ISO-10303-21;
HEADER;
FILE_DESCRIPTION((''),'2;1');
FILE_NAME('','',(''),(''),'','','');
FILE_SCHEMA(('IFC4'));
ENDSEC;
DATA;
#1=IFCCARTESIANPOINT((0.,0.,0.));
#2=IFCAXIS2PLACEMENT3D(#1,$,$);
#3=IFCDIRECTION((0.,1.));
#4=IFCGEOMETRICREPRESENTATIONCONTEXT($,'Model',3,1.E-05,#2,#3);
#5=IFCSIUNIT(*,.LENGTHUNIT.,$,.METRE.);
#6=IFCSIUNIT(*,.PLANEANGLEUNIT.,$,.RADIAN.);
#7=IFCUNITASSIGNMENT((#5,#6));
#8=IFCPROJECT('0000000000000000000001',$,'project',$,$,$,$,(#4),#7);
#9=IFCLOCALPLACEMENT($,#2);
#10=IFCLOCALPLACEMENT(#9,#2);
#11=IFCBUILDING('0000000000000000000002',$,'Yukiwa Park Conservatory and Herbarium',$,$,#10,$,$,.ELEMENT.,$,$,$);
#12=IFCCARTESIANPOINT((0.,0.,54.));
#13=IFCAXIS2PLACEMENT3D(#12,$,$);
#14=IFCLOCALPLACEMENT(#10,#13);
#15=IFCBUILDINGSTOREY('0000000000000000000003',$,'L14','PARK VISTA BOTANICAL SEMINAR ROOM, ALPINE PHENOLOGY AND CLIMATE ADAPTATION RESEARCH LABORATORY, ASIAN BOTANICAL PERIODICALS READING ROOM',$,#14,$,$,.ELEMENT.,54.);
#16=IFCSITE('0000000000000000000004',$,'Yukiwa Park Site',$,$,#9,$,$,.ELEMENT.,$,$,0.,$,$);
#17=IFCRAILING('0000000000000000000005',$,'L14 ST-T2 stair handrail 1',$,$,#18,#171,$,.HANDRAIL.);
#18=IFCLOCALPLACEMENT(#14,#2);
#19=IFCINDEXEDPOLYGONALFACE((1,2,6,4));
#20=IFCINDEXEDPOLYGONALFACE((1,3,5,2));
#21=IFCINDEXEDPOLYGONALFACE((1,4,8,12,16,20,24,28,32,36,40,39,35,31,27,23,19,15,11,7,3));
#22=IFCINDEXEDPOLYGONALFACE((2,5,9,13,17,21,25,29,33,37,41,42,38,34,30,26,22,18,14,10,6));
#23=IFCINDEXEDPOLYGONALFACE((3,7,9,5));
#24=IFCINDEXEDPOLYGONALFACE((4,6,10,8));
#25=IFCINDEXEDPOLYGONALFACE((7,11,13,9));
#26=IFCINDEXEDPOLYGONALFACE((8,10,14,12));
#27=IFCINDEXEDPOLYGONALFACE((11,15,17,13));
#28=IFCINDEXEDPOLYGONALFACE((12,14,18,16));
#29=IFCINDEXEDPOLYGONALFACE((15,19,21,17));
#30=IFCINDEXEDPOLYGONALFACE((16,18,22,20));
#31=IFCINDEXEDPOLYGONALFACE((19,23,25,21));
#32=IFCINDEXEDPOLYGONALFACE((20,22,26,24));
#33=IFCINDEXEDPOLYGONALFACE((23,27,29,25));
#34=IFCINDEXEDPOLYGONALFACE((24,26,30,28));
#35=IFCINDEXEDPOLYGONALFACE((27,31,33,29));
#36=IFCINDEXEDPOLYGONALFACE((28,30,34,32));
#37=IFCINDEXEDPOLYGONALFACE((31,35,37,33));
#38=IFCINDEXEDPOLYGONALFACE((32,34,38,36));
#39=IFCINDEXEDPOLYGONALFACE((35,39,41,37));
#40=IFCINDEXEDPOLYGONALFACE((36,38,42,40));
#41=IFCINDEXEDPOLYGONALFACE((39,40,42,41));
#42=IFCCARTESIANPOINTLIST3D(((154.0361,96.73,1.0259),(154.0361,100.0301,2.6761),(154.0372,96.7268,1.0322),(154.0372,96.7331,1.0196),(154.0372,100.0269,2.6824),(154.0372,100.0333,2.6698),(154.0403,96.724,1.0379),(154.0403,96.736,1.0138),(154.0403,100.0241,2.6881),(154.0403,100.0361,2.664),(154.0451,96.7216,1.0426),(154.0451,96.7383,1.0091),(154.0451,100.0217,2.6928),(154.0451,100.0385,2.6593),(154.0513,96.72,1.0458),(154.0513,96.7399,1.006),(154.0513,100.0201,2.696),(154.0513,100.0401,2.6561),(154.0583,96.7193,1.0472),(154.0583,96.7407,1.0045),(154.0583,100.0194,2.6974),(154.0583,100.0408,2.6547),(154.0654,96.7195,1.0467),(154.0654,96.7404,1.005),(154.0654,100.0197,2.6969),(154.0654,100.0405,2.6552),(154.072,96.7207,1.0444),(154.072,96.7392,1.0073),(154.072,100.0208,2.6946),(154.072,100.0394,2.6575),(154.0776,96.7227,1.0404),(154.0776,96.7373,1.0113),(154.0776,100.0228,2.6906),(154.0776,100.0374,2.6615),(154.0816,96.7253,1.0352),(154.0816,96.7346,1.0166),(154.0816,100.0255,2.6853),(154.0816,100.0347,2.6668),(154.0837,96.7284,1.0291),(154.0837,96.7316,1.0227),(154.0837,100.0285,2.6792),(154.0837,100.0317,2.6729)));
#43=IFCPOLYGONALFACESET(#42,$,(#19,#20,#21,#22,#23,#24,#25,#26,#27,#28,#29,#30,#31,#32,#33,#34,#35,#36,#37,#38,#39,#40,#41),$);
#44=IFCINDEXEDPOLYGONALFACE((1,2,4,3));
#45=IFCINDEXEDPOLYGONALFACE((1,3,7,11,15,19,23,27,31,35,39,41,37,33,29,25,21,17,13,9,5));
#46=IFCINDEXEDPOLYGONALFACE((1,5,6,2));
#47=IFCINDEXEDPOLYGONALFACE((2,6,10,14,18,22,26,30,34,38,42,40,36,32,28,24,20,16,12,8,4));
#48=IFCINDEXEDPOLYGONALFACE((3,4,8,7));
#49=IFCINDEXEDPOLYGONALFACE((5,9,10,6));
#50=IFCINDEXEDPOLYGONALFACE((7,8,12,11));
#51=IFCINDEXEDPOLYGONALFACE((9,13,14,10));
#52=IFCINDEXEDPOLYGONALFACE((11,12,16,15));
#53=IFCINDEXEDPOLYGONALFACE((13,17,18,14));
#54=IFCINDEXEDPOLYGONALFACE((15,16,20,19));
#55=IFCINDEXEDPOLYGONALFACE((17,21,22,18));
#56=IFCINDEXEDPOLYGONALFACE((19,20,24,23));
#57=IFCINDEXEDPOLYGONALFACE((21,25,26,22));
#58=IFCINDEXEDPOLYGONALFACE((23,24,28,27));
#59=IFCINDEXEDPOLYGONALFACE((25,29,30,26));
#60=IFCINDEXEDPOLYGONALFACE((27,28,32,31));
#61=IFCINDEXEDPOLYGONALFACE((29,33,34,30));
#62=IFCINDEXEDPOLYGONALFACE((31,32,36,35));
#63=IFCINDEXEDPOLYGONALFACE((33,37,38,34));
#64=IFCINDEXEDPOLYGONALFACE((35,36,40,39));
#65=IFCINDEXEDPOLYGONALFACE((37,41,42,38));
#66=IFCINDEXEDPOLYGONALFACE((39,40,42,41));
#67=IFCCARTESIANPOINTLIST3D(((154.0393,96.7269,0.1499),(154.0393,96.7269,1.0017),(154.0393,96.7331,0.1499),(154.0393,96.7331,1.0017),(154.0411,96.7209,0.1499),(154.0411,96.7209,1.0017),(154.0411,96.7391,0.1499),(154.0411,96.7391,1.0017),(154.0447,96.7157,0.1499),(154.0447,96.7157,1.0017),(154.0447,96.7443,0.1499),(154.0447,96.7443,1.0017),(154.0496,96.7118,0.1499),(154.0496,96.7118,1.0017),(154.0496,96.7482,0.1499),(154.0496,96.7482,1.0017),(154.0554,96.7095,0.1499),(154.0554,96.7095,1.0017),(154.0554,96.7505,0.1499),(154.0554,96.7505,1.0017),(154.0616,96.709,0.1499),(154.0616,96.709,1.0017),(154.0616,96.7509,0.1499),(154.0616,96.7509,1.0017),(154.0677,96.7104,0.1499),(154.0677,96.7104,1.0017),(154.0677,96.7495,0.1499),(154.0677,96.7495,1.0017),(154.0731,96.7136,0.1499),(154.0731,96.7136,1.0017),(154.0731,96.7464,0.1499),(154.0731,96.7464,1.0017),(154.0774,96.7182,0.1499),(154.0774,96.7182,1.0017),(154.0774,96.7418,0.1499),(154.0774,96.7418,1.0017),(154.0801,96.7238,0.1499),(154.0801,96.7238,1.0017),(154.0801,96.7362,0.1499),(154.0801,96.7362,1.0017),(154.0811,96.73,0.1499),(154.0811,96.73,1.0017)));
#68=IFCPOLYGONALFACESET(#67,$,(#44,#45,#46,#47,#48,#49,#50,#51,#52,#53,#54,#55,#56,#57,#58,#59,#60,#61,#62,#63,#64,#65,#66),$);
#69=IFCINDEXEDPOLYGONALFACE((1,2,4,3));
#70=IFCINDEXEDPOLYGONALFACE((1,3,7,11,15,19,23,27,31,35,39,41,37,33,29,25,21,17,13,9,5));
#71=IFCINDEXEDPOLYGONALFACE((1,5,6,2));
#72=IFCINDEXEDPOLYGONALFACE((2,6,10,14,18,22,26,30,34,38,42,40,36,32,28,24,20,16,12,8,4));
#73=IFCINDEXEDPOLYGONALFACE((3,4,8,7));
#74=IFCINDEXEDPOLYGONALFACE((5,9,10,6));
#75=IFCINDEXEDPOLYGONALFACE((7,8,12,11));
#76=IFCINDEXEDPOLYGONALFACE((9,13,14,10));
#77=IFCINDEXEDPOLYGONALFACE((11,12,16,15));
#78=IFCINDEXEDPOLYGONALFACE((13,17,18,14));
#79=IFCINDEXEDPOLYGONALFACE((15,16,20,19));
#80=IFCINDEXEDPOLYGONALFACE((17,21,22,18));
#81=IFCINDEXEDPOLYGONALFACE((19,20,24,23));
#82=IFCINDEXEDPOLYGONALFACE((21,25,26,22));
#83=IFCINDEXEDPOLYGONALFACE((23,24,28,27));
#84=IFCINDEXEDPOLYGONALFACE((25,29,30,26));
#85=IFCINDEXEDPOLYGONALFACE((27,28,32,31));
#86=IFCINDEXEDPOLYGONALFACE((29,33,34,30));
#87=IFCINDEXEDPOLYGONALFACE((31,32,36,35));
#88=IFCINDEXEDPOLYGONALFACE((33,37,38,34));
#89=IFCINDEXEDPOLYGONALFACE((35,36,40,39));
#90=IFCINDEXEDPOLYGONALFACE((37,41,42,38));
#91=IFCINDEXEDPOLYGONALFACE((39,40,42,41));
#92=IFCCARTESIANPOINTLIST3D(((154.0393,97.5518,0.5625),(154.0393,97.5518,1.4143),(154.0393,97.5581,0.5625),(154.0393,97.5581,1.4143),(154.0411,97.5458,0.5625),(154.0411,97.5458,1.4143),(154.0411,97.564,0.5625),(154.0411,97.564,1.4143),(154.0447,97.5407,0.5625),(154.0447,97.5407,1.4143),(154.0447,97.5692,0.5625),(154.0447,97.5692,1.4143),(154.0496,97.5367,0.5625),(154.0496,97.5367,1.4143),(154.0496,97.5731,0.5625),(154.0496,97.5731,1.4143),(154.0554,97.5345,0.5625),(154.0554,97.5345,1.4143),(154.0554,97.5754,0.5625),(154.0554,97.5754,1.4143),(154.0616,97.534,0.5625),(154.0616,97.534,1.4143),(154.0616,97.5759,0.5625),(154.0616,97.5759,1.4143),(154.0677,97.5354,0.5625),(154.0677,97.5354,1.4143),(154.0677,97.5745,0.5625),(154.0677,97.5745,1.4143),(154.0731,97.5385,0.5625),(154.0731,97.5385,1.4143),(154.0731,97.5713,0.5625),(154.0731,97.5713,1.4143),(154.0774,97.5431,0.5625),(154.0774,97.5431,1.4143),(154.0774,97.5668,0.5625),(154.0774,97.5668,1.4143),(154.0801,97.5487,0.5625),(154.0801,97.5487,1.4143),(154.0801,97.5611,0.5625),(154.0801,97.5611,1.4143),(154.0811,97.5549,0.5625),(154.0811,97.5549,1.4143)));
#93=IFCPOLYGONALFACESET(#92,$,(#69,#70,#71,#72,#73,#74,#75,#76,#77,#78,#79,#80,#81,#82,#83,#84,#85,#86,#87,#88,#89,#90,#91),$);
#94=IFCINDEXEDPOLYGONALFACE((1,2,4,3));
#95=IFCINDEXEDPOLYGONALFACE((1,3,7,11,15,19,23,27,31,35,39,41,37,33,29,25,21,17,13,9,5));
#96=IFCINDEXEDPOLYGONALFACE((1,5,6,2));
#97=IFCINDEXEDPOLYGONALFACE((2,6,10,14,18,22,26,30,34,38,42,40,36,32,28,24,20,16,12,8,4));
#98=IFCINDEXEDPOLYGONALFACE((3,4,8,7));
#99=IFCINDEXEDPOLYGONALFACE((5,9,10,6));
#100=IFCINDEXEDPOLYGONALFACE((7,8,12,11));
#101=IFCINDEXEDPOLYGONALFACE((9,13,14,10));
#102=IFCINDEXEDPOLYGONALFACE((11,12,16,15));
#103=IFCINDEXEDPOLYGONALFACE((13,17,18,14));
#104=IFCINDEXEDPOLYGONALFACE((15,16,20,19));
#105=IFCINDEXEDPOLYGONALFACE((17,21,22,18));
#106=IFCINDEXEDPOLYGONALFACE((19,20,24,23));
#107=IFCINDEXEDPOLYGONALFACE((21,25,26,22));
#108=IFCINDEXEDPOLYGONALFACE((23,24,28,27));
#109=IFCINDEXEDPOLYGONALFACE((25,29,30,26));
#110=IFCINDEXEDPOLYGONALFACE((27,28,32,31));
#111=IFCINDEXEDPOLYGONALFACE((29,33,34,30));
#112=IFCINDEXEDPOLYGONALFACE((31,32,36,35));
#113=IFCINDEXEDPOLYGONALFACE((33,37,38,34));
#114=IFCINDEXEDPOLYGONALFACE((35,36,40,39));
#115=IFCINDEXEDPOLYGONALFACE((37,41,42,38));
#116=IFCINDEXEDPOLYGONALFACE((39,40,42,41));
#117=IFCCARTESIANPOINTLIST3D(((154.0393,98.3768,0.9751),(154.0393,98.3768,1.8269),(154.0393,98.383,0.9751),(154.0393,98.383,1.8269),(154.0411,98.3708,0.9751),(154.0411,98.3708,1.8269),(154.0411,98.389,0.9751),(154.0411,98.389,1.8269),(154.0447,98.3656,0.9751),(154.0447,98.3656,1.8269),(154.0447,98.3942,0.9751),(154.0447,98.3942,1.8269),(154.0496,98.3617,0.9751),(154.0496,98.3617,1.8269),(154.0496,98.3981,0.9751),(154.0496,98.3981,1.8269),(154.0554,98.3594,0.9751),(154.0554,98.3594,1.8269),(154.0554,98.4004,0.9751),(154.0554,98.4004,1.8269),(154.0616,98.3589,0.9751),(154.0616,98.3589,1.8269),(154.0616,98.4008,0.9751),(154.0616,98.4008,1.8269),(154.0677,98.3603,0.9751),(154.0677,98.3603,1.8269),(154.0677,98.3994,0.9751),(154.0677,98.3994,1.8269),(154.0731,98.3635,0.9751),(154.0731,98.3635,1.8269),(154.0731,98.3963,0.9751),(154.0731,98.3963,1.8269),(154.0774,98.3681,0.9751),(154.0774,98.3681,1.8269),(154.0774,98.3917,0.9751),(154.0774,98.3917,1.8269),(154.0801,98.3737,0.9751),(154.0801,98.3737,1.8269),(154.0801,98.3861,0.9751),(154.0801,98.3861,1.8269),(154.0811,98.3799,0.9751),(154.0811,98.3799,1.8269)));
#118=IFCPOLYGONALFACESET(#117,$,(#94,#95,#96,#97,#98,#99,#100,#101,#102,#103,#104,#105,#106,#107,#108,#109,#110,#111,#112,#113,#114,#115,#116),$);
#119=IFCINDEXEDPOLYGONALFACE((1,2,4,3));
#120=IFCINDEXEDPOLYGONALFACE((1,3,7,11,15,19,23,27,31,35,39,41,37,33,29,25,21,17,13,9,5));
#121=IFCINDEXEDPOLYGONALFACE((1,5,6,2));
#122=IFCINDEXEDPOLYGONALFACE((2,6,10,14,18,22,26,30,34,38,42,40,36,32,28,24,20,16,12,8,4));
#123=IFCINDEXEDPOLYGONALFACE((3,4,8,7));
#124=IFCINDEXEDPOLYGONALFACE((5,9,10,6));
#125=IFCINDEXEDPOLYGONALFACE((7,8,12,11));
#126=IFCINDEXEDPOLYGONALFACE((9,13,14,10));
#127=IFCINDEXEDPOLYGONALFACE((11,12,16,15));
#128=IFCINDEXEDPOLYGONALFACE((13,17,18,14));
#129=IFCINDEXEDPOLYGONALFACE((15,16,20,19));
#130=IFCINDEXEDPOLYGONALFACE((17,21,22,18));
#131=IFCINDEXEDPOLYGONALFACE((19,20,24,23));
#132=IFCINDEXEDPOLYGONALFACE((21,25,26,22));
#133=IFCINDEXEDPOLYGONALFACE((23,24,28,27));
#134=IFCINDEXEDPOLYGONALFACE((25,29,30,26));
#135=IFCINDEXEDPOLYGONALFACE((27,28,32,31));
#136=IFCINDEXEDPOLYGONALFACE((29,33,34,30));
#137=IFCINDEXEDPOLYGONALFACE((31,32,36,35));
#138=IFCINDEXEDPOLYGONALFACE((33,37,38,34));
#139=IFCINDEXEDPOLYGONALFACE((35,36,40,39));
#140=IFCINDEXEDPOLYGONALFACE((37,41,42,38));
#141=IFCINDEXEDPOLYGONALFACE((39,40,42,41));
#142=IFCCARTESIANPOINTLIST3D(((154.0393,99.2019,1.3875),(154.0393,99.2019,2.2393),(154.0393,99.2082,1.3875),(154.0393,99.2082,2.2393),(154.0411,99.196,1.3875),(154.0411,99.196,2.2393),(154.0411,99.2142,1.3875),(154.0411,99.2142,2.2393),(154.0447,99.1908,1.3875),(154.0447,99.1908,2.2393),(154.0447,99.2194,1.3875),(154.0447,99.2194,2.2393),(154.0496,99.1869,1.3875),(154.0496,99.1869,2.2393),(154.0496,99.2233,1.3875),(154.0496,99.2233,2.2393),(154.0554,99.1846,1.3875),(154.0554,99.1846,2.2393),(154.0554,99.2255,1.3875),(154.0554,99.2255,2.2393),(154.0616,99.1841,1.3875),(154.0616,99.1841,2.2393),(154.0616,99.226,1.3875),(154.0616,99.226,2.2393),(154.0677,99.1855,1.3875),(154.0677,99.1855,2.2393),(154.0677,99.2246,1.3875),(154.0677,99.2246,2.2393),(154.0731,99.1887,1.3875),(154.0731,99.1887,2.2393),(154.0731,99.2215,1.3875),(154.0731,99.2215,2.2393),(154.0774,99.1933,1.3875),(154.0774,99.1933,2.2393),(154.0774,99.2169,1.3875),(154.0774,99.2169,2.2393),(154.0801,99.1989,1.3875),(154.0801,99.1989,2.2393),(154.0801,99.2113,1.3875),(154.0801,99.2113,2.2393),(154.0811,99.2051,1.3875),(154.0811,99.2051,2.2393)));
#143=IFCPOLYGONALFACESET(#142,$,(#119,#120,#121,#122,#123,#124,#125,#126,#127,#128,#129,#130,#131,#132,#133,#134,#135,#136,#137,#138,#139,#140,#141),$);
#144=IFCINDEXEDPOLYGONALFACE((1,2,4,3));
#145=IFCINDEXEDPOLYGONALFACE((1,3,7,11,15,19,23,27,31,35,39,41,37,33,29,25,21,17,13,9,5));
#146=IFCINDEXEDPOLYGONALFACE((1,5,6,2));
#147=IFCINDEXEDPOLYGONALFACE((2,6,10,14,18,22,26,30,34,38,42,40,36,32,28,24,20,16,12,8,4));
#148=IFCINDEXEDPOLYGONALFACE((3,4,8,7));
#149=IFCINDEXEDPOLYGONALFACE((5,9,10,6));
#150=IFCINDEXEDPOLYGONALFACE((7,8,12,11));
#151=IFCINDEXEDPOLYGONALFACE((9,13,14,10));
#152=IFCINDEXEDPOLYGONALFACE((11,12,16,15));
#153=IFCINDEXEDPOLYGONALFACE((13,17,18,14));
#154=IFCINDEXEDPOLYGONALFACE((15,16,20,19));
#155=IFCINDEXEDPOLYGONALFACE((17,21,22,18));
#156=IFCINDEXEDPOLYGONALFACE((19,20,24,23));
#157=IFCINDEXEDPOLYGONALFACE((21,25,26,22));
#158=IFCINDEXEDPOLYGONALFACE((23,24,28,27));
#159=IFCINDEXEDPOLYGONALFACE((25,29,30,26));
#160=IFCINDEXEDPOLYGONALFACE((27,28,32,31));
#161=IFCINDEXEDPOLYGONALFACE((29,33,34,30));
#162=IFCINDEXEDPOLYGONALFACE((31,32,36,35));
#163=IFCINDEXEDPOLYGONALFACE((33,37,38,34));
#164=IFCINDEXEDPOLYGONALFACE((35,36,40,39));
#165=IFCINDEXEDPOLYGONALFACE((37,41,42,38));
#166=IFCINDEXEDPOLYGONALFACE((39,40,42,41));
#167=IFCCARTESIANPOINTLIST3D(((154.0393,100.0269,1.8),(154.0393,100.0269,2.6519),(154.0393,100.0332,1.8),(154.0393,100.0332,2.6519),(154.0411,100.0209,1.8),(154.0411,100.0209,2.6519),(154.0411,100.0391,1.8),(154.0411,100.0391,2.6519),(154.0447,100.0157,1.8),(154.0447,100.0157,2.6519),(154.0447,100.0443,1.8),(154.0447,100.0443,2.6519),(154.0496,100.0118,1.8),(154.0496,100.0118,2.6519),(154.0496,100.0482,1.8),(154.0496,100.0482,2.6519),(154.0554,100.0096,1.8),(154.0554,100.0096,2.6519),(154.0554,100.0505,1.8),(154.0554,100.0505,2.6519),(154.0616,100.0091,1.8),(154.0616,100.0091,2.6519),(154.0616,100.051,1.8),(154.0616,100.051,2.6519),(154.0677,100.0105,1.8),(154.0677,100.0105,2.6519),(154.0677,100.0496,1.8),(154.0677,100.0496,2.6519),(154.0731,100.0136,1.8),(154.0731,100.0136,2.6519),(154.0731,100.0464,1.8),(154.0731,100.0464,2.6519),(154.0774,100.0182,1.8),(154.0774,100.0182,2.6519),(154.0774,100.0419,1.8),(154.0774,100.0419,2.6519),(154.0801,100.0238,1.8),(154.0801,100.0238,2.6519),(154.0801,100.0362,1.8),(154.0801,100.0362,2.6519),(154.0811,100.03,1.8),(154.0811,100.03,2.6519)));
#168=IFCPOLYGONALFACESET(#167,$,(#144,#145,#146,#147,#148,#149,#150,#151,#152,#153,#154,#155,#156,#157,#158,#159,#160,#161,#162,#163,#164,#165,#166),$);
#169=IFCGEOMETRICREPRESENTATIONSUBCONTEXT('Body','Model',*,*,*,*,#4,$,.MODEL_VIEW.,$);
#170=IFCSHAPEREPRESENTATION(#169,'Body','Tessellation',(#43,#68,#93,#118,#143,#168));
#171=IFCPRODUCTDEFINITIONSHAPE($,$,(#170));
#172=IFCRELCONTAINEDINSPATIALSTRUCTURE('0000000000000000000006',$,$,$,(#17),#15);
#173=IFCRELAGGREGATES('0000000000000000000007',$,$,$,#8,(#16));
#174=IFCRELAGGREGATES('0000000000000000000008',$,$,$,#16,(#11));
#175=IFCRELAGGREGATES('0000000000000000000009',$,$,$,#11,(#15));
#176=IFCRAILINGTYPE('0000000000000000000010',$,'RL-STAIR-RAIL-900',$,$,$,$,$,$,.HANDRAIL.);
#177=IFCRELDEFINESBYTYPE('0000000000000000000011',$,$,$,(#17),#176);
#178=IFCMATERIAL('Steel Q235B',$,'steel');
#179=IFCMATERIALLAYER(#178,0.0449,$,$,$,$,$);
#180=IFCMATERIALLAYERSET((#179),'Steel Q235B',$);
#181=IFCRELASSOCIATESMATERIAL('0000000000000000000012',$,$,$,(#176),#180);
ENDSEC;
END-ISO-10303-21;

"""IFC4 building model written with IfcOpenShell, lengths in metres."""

from ifc_helpers import new_model, si_unit, direction, frame, origin, origin_2d, place, context, subcontext, project, spatial, circle, extrude, material, layer, layer_set, type_object, element, save


model = new_model("IFC4")

# Units and contexts
model_context = context("Model", 3, precision=1e-05, world=origin(), true_north=direction((0.0, 1.0)))
body_context = subcontext(model_context, "Body", "Model", "MODEL_VIEW")
ifc_project = project(units=[si_unit("LENGTHUNIT", "METRE"), si_unit("PLANEANGLEUNIT", "RADIAN")], contexts=[model_context])

# Site, building, storey
site_placement = place(None, origin())
site = spatial("IfcSite", under=ifc_project, at=site_placement, Name="Yukiwa Park Site", CompositionType="ELEMENT", RefElevation=0.0)
building_placement = place(site_placement, origin())
building = spatial("IfcBuilding", under=site, at=building_placement, Name="Yukiwa Park Conservatory and Herbarium", CompositionType="ELEMENT")
storey_placement = place(building_placement, frame((0.0, 0.0, 54.0)))
storey = spatial("IfcBuildingStorey", under=building, at=storey_placement, Name="L14", Description="PARK VISTA BOTANICAL SEMINAR ROOM, ALPINE PHENOLOGY AND CLIMATE ADAPTATION RESEARCH LABORATORY, ASIAN BOTANICAL PERIODICALS READING ROOM", CompositionType="ELEMENT", Elevation=54.0)

# Railing
ifc_material_1 = material(Name="Steel Q235B", Category="steel")
ifc_layer_1 = layer(ifc_material_1, 0.0449)
ifc_layer_set_1 = layer_set([ifc_layer_1], Name="Steel Q235B")
railing_type_1 = type_object("IfcRailingType", Name="RL-STAIR-RAIL-900", PredefinedType="HANDRAIL", material=ifc_layer_set_1)
railing_1_placement = place(storey_placement, frame((154.0601, 96.73, 0.1499)))
element("IfcRailing", 1, at=railing_1_placement, inside=storey, type_object=railing_type_1, Name="L14 ST-T2 stair handrail 1", PredefinedType="HANDRAIL", context=body_context, shape_type="SweptSolid", body=[
    extrude(circle(Radius=0.0239, at=origin_2d()), frame((0.0, 0.0, 0.876), z_axis=(0.0, 0.894414, 0.44724), x_axis=(-1.0, 0.0, 0.0)), (0.0, 0.0, 1.0), 3.6897),
    extrude(circle(Radius=0.021, at=origin_2d()), origin(), (0.0, 0.0, 1.0), 0.8518),
    extrude(circle(Radius=0.021, at=origin_2d()), frame((0.0, 0.825, 0.4126)), (0.0, 0.0, 1.0), 0.8518),
    extrude(circle(Radius=0.021, at=origin_2d()), frame((0.0, 1.6499, 0.8252)), (0.0, 0.0, 1.0), 0.8518),
    extrude(circle(Radius=0.021, at=origin_2d()), frame((0.0, 2.4751, 1.2375)), (0.0, 0.0, 1.0), 0.8518),
    extrude(circle(Radius=0.021, at=origin_2d()), frame((0.0, 3.3, 1.6501)), (0.0, 0.0, 1.0), 0.8518),
])

save(model, "model.ifc")
